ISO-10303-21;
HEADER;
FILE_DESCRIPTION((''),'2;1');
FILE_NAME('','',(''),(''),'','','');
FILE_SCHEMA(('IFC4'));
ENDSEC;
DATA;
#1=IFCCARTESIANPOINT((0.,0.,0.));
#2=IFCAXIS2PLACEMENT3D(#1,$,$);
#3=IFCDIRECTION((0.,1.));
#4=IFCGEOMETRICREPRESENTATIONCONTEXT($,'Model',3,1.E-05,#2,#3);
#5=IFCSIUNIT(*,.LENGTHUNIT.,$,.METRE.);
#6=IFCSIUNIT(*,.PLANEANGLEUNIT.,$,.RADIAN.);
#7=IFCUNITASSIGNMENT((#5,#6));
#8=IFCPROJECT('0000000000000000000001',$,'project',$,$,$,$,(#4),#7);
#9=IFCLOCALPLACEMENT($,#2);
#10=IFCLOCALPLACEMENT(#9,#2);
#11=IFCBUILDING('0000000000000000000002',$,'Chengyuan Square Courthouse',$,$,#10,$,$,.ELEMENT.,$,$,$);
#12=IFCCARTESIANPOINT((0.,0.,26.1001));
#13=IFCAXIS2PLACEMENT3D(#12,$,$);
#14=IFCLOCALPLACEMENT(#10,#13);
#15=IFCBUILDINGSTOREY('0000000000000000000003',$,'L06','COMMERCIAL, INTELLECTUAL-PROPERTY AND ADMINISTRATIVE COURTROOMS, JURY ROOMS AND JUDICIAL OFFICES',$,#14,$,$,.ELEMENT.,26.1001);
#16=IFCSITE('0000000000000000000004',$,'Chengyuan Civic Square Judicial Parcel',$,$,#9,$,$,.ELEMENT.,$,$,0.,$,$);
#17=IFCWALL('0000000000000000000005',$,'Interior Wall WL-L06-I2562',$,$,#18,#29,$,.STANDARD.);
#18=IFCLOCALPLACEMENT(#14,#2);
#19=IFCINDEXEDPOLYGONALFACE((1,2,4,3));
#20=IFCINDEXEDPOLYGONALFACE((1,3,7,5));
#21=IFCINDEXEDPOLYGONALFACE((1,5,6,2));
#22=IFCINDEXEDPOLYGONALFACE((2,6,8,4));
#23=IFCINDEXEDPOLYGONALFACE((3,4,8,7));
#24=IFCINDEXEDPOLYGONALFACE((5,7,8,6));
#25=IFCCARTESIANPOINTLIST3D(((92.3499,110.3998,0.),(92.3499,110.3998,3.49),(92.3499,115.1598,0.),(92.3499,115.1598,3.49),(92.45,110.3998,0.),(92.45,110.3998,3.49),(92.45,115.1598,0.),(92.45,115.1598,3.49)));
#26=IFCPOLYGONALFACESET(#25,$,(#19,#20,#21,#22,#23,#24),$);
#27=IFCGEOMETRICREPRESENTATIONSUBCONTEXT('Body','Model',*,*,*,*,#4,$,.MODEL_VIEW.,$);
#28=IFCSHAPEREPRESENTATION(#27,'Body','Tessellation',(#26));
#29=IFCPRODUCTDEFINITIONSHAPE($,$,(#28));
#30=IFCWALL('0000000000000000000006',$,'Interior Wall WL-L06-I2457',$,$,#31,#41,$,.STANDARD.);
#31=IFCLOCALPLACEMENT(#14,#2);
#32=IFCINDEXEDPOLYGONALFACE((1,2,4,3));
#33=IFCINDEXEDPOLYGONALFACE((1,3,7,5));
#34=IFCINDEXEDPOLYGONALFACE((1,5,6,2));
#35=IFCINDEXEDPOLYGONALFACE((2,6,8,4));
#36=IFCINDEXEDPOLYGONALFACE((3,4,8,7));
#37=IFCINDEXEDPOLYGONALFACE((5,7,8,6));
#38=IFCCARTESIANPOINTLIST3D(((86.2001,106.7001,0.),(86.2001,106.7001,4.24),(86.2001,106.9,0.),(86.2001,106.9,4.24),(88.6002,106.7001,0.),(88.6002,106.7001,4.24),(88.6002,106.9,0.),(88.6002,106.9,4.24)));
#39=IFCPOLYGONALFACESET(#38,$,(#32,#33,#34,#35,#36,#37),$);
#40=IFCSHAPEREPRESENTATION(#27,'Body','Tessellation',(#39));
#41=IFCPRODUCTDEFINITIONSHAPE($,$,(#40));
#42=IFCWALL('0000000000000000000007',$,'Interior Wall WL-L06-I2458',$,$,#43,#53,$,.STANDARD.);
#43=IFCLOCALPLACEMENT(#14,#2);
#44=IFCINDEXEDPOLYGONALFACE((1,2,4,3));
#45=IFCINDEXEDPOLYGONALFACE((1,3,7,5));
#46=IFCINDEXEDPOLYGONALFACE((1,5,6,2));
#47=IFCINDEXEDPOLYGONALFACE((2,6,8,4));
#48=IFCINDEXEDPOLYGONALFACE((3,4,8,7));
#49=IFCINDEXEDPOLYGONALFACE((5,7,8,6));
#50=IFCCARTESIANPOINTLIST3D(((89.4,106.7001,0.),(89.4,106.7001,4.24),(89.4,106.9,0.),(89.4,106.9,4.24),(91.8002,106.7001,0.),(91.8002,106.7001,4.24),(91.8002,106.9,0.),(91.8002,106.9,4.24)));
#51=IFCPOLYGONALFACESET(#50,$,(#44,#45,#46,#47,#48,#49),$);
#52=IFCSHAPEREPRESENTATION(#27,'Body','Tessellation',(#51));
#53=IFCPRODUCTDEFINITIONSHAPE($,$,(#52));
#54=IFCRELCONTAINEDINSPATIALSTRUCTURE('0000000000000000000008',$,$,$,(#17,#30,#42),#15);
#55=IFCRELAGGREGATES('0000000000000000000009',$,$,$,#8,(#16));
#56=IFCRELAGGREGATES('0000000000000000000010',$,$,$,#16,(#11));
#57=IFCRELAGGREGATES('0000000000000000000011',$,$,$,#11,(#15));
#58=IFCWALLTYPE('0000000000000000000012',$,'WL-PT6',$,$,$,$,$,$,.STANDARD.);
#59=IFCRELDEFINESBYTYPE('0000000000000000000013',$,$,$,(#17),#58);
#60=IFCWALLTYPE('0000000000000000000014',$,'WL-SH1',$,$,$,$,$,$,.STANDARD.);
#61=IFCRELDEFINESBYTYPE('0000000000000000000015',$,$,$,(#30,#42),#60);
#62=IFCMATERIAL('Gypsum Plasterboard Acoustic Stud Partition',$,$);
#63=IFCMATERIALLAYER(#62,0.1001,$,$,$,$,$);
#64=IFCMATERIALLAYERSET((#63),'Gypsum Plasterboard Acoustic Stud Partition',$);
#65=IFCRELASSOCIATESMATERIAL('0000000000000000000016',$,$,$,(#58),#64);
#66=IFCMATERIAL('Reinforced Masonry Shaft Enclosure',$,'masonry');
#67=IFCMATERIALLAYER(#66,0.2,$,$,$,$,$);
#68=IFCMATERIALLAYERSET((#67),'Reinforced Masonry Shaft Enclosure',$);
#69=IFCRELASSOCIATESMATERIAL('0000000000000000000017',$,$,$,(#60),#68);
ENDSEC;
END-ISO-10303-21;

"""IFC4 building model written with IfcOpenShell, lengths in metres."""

from ifc_helpers import new_model, si_unit, direction, frame, frame_2d, origin, place, context, subcontext, project, spatial, rectangle, extrude, material, layer, layer_set, type_object, element, save


model = new_model("IFC4")

# Units and contexts
model_context = context("Model", 3, precision=1e-05, world=origin(), true_north=direction((0.0, 1.0)))
body_context = subcontext(model_context, "Body", "Model", "MODEL_VIEW")
ifc_project = project(units=[si_unit("LENGTHUNIT", "METRE"), si_unit("PLANEANGLEUNIT", "RADIAN")], contexts=[model_context])

# Site, building, storey
site_placement = place(None, origin())
site = spatial("IfcSite", under=ifc_project, at=site_placement, Name="Chengyuan Civic Square Judicial Parcel", CompositionType="ELEMENT", RefElevation=0.0)
building_placement = place(site_placement, origin())
building = spatial("IfcBuilding", under=site, at=building_placement, Name="Chengyuan Square Courthouse", CompositionType="ELEMENT")
storey_placement = place(building_placement, frame((0.0, 0.0, 26.1001)))
storey = spatial("IfcBuildingStorey", under=building, at=storey_placement, Name="L06", Description="COMMERCIAL, INTELLECTUAL-PROPERTY AND ADMINISTRATIVE COURTROOMS, JURY ROOMS AND JUDICIAL OFFICES", CompositionType="ELEMENT", Elevation=26.1001)

# Walls
ifc_material_1 = material(Name="Gypsum Plasterboard Acoustic Stud Partition")
ifc_layer_1 = layer(ifc_material_1, 0.1001)
ifc_layer_set_1 = layer_set([ifc_layer_1], Name="Gypsum Plasterboard Acoustic Stud Partition")
wall_type_1 = type_object("IfcWallType", Name="WL-PT6", PredefinedType="STANDARD", material=ifc_layer_set_1)
wall_1_placement = place(storey_placement, frame((92.3999, 110.3999, 0.0), z_axis=(0.0, 0.0, 1.0), x_axis=(0.0, 1.0, 0.0)))
element("IfcWall", 1, at=wall_1_placement, inside=storey, type_object=wall_type_1, Name="Interior Wall WL-L06-I2562", PredefinedType="STANDARD", context=body_context, shape_type="SweptSolid", body=[
    extrude(rectangle(XDim=4.76, YDim=0.1001, at=frame_2d((2.3799, 0.0))), origin(), (0.0, 0.0, 1.0), 3.49),
])
ifc_material_2 = material(Name="Reinforced Masonry Shaft Enclosure", Category="masonry")
ifc_layer_2 = layer(ifc_material_2, 0.2)
ifc_layer_set_2 = layer_set([ifc_layer_2], Name="Reinforced Masonry Shaft Enclosure")
wall_type_2 = type_object("IfcWallType", Name="WL-SH1", PredefinedType="STANDARD", material=ifc_layer_set_2)
for number, where, z_axis, x_axis, name in (
    (2, (86.2, 106.8, 0.0), (0.0, 0.0, 1.0), (1.0, 0.0, 0.0), "Interior Wall WL-L06-I2457"),
    (3, (89.3999, 106.8, 0.0), (0.0, 0.0, 1.0), (1.0, 0.0, 0.0), "Interior Wall WL-L06-I2458"),
):
    element("IfcWall", number, at=place(storey_placement, frame(where, z_axis=z_axis, x_axis=x_axis)), inside=storey, type_object=wall_type_2, Name=name, PredefinedType="STANDARD", context=body_context, shape_type="SweptSolid", body=[
        extrude(rectangle(XDim=2.4001, YDim=0.2, at=frame_2d((1.2002, 0.0))), origin(), (0.0, 0.0, 1.0), 4.24),
    ])

save(model, "model.ifc")
